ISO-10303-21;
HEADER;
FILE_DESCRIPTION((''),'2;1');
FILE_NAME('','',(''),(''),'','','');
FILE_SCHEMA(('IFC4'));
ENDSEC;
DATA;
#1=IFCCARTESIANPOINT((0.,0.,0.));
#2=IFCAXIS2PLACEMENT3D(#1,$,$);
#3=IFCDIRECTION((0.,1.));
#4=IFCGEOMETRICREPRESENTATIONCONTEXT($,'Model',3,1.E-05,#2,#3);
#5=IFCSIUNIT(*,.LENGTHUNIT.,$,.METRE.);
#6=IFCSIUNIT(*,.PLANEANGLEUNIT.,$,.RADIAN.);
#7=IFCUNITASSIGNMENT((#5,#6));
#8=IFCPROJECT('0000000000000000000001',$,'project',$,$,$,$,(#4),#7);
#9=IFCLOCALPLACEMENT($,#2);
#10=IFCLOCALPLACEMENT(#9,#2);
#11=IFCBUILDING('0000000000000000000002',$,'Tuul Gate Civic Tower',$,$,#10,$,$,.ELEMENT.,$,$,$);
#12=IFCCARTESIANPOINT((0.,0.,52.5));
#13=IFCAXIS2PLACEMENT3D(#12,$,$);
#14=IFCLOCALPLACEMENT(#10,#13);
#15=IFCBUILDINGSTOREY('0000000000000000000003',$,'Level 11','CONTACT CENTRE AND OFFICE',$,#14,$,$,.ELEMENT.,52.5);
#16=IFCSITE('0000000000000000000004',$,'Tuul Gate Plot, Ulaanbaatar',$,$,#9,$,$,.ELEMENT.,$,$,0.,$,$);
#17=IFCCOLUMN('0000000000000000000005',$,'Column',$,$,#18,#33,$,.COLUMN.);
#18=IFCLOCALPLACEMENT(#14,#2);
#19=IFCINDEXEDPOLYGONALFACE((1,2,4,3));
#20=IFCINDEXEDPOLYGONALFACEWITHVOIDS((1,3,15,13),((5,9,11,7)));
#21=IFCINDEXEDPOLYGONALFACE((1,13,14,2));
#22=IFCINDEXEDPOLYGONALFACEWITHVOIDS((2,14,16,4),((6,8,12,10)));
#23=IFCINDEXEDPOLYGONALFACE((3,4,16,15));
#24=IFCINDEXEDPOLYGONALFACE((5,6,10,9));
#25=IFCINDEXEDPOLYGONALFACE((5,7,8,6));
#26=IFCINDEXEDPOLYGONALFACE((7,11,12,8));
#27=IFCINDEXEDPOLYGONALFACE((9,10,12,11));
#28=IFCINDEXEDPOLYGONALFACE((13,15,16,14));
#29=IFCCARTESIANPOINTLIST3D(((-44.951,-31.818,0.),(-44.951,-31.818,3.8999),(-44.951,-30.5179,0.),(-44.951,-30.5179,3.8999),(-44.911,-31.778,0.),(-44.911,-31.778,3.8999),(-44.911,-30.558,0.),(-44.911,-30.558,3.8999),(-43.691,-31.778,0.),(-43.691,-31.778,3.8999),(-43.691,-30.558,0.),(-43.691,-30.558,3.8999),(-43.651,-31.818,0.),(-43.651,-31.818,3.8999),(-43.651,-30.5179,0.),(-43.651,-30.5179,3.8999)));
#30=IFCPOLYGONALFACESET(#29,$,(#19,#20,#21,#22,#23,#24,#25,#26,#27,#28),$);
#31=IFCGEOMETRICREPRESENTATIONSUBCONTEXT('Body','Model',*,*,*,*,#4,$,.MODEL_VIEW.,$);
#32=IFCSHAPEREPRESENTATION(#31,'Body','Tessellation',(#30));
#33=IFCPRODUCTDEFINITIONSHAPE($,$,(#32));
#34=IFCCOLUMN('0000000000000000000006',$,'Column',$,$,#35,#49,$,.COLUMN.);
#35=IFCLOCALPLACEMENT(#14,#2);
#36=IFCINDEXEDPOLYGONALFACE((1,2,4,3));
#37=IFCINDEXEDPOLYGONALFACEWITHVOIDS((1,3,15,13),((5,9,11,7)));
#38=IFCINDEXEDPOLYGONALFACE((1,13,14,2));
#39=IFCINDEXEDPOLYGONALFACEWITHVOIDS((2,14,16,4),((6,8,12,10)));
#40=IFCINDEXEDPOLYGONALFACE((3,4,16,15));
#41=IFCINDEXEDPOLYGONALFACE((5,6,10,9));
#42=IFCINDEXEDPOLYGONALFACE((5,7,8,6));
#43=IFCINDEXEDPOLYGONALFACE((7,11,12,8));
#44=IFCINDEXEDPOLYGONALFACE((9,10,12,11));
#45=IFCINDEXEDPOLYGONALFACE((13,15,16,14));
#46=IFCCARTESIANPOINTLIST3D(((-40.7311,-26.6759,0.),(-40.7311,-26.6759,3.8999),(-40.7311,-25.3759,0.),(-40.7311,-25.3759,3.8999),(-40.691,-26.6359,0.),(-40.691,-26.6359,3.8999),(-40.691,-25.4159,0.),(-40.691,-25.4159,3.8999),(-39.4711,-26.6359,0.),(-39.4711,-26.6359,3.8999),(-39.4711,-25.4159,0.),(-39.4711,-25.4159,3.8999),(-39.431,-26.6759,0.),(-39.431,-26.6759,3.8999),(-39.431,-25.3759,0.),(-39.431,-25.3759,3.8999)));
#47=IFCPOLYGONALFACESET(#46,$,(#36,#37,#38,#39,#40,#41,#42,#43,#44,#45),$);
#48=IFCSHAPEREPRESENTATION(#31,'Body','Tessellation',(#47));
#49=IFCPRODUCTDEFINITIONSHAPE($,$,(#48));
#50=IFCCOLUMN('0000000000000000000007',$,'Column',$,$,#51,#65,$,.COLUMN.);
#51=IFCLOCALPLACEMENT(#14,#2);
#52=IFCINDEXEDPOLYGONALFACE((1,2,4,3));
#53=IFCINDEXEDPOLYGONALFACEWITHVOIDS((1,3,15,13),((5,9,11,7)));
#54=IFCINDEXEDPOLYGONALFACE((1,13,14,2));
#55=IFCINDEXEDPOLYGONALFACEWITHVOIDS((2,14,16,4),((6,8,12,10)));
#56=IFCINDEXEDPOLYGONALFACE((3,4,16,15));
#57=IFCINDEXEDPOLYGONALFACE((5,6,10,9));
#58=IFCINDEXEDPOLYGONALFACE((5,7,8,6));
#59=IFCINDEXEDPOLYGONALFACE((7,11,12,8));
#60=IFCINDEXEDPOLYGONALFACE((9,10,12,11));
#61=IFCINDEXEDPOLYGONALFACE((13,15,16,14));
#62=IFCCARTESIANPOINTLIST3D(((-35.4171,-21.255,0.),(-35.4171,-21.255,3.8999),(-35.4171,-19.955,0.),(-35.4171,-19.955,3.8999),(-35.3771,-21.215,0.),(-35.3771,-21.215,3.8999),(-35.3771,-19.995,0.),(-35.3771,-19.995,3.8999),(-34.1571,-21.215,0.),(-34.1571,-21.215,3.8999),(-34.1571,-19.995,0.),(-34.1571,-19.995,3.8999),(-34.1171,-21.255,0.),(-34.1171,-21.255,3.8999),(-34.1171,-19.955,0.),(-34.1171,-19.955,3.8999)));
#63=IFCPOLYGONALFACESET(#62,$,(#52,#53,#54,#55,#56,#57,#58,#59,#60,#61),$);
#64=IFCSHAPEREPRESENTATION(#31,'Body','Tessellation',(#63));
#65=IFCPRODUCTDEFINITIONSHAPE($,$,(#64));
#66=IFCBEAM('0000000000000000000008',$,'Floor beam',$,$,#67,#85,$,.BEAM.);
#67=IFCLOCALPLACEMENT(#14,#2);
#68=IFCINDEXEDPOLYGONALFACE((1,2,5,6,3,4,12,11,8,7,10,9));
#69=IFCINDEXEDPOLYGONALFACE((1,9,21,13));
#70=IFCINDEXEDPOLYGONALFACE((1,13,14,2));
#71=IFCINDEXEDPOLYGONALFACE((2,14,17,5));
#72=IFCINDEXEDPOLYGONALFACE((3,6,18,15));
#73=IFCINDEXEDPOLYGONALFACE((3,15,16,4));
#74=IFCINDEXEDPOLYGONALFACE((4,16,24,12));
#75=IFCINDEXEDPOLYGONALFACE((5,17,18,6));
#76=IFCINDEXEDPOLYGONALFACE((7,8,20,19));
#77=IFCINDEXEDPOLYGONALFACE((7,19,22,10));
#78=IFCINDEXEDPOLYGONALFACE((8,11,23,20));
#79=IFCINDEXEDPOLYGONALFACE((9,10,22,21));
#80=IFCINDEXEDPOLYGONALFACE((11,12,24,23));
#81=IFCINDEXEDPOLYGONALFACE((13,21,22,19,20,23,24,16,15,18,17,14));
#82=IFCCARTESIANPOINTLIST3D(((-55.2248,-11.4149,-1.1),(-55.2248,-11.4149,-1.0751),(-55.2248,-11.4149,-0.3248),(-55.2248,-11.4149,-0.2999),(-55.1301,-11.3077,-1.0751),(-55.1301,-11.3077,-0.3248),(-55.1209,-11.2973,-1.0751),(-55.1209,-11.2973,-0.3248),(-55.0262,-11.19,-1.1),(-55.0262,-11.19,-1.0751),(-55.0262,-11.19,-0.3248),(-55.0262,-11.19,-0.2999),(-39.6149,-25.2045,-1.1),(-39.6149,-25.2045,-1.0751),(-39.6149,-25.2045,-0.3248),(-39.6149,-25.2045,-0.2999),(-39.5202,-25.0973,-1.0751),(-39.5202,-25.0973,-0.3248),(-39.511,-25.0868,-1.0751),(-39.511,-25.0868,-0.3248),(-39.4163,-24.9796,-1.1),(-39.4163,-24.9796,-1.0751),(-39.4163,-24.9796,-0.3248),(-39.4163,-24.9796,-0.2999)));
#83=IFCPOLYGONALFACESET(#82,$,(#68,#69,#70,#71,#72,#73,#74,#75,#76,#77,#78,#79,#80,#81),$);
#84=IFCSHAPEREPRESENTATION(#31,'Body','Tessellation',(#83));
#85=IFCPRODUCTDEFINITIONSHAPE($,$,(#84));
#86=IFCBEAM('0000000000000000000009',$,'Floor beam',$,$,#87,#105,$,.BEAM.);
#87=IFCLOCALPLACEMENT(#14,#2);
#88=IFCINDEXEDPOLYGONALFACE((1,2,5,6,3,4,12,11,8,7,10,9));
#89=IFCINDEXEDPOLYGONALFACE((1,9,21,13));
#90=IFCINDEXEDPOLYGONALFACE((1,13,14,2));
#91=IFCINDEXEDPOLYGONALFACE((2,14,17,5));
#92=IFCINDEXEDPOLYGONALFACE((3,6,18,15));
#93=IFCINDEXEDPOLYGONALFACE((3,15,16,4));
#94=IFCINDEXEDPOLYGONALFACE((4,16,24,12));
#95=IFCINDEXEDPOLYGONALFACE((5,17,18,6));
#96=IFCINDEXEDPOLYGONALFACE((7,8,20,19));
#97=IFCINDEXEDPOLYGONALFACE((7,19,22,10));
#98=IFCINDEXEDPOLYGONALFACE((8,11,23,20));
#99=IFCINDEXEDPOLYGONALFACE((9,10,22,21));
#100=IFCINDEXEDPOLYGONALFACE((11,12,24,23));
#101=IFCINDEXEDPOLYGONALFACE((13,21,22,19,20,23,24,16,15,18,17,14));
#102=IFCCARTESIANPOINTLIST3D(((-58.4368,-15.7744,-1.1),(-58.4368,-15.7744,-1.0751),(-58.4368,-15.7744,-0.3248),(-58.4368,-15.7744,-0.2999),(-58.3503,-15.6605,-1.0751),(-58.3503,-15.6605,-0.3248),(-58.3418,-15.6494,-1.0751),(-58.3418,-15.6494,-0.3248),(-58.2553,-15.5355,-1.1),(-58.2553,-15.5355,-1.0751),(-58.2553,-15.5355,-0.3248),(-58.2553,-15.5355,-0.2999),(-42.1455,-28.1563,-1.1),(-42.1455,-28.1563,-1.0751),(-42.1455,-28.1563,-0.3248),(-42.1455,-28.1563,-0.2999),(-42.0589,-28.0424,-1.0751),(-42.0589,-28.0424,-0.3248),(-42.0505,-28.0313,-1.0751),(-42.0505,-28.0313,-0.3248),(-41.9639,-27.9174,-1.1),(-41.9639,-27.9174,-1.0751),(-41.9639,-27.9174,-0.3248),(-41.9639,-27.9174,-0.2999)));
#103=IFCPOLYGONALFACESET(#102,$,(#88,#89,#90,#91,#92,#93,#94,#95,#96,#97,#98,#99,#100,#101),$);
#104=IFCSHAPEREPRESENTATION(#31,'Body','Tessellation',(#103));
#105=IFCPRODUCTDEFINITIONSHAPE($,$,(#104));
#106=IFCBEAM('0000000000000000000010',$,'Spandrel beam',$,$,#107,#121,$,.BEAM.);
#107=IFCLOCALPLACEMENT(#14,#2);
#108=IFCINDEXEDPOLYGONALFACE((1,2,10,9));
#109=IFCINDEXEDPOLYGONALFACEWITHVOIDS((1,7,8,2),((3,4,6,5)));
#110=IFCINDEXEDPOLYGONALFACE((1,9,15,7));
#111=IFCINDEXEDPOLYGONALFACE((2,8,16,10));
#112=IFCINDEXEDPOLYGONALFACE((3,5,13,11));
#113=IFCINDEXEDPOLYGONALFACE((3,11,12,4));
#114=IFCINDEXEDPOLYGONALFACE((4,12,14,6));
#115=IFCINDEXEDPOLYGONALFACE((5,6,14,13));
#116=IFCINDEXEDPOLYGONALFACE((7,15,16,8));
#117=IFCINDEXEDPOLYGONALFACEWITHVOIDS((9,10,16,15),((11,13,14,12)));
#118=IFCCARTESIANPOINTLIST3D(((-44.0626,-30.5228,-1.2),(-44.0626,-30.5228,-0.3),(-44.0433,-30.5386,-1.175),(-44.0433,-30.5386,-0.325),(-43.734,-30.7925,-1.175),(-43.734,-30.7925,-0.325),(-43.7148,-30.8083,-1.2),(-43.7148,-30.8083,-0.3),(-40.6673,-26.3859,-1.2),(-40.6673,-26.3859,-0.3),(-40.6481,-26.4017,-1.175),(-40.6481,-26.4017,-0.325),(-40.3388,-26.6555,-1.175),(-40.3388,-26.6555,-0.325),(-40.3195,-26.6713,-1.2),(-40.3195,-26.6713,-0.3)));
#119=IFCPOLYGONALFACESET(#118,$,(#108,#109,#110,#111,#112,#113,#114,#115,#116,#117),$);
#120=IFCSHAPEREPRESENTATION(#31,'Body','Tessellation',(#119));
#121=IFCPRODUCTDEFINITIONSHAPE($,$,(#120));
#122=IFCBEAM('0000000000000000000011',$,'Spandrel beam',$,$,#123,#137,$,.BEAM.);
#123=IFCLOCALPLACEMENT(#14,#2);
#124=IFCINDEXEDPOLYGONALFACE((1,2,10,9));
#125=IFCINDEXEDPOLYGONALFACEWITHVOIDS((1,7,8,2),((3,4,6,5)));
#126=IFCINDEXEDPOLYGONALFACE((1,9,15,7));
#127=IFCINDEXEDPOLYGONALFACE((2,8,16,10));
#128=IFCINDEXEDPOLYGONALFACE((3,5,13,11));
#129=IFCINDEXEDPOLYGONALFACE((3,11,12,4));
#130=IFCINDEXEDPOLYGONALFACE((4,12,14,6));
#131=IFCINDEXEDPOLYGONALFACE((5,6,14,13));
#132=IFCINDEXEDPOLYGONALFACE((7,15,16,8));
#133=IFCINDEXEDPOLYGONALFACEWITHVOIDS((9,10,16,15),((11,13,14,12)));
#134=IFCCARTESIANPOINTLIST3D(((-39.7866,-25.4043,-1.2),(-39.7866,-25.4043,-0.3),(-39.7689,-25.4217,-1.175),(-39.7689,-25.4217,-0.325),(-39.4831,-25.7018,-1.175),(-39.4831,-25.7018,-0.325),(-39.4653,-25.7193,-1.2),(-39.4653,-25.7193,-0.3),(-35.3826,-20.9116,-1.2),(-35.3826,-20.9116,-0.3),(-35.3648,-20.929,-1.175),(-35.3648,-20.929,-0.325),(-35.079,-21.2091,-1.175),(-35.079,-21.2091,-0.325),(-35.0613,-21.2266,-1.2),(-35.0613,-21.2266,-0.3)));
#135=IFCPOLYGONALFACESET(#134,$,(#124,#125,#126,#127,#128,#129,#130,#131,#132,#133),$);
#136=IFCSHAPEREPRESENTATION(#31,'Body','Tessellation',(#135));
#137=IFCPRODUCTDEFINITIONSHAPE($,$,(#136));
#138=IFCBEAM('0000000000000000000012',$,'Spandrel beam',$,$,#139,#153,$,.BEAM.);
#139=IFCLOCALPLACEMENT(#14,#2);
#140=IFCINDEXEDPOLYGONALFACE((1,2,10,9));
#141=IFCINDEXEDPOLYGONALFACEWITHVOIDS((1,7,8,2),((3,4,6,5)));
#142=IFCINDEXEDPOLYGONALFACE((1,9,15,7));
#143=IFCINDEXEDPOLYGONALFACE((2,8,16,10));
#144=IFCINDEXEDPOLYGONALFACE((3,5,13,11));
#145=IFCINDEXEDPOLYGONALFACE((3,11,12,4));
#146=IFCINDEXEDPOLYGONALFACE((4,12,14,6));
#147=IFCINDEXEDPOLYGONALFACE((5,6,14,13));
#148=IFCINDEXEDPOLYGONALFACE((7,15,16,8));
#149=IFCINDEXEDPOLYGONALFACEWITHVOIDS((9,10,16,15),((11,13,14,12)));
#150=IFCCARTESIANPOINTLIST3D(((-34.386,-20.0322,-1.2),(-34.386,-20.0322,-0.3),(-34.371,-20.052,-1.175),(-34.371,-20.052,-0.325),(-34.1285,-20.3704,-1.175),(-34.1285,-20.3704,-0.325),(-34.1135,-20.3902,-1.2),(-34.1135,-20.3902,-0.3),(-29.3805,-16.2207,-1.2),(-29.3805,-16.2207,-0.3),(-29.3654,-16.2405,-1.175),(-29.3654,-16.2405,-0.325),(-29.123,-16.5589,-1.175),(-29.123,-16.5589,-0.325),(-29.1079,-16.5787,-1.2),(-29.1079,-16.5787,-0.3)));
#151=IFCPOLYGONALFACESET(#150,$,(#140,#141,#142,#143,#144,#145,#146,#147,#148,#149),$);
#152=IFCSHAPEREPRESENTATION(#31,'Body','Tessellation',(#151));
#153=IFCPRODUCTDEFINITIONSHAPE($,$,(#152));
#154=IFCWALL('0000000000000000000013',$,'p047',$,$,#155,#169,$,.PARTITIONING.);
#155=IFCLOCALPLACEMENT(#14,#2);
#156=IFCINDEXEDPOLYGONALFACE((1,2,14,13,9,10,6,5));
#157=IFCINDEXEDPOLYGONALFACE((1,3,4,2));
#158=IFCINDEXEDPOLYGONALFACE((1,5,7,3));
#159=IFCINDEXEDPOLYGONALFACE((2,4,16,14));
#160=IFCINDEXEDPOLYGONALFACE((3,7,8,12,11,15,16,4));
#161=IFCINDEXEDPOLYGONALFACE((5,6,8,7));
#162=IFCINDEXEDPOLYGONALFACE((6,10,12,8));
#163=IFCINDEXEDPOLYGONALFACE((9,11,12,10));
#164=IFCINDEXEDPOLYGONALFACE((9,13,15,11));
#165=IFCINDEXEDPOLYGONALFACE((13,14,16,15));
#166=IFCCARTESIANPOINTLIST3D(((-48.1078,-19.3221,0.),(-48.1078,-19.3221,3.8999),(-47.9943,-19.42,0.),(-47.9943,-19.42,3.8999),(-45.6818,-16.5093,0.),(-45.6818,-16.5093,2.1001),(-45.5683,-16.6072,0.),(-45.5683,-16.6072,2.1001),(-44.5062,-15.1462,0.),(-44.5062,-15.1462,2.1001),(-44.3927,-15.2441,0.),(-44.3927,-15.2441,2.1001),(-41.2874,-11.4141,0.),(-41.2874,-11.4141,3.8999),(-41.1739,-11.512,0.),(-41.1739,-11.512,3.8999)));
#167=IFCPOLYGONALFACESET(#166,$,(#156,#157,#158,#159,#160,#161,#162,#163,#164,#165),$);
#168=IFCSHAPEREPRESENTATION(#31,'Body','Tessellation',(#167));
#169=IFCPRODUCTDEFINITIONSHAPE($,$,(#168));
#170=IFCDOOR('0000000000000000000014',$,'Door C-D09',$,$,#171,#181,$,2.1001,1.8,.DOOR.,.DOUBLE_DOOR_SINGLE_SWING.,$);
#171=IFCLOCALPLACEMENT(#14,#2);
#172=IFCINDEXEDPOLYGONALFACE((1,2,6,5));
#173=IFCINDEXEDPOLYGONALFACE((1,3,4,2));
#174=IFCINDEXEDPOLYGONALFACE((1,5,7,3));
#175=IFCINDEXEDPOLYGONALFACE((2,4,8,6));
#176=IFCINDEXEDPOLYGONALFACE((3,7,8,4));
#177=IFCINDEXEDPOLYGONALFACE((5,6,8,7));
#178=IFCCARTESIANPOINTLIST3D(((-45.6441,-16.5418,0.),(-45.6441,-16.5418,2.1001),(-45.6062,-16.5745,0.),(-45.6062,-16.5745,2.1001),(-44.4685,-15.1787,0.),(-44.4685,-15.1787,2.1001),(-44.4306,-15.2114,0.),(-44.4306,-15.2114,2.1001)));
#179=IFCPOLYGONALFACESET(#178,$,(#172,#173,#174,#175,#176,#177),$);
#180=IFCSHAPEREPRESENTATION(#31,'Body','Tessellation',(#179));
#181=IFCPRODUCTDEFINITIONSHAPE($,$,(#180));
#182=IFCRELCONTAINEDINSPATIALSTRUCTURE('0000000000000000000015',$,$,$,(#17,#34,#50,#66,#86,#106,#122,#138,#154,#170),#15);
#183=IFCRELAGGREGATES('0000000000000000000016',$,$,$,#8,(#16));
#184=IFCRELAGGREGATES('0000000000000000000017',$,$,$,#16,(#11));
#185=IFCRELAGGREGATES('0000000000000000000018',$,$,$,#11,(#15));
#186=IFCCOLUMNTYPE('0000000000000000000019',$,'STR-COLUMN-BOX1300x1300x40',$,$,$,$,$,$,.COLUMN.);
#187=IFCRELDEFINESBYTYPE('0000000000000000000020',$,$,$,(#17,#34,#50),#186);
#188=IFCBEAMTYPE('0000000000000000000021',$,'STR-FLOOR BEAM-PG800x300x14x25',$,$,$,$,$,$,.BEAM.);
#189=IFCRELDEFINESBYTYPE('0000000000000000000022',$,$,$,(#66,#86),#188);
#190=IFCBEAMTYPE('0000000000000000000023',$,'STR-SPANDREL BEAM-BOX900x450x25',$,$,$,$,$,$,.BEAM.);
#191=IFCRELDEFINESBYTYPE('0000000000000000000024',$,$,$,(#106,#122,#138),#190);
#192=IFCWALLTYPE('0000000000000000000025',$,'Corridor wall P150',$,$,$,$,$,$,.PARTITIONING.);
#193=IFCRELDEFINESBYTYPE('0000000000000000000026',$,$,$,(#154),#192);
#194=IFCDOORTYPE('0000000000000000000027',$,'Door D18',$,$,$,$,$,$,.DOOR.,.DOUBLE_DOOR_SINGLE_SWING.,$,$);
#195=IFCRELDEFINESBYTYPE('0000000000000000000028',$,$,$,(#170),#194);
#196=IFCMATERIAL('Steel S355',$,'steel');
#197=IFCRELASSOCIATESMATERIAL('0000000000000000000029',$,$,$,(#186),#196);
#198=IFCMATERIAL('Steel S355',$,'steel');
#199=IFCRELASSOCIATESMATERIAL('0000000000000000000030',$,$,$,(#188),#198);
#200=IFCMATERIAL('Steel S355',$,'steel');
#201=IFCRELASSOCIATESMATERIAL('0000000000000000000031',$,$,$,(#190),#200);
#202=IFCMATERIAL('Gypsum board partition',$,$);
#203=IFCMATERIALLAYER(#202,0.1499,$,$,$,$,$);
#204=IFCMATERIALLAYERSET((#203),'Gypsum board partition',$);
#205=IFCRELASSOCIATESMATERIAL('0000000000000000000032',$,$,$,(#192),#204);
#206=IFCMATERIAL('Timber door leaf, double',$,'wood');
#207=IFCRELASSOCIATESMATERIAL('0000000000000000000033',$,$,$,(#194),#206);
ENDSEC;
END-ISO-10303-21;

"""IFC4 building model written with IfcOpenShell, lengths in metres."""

from ifc_helpers import new_model, si_unit, direction, frame, frame_2d, origin, origin_2d, place, context, subcontext, project, spatial, rectangle, hollow_rectangle, i_section, extrude, material, layer, layer_set, material_profile, profile_set, type_object, element, fill, save


model = new_model("IFC4")

# Units and contexts
model_context = context("Model", 3, precision=1e-05, world=origin(), true_north=direction((0.0, 1.0)))
body_context = subcontext(model_context, "Body", "Model", "MODEL_VIEW")
ifc_project = project(units=[si_unit("LENGTHUNIT", "METRE"), si_unit("PLANEANGLEUNIT", "RADIAN")], contexts=[model_context])

# Site, building, storey
site_placement = place(None, origin())
site = spatial("IfcSite", under=ifc_project, at=site_placement, Name="Tuul Gate Plot, Ulaanbaatar", CompositionType="ELEMENT", RefElevation=0.0)
building_placement = place(site_placement, origin())
building = spatial("IfcBuilding", under=site, at=building_placement, Name="Tuul Gate Civic Tower", CompositionType="ELEMENT")
storey_placement = place(building_placement, frame((0.0, 0.0, 52.5)))
storey = spatial("IfcBuildingStorey", under=building, at=storey_placement, Name="Level 11", Description="CONTACT CENTRE AND OFFICE", CompositionType="ELEMENT", Elevation=52.5)

# Columns
ifc_material_1 = material(Name="Steel S355", Category="steel")
ifc_material_profile_1 = material_profile(ifc_material_1, hollow_rectangle(XDim=1.3, YDim=1.3, WallThickness=0.04, at=origin_2d()), Name="BOX1300x1300x40")
ifc_profile_set_1 = profile_set([ifc_material_profile_1], Name="Steel S355")
column_type = type_object("IfcColumnType", Name="STR-COLUMN-BOX1300x1300x40", PredefinedType="COLUMN", material=ifc_profile_set_1)
for number, where, z_axis, x_axis, name in (
    (1, (-44.301, -31.168, 0.0), (0.0, 0.0, 1.0), (1.0, 0.0, 0.0), "Column"),
    (2, (-40.0811, -26.0259, 0.0), (0.0, 0.0, 1.0), (1.0, 0.0, 0.0), "Column"),
    (3, (-34.7671, -20.605, 0.0), (0.0, 0.0, 1.0), (1.0, 0.0, 0.0), "Column"),
):
    element("IfcColumn", number, at=place(storey_placement, frame(where, z_axis=z_axis, x_axis=x_axis)), inside=storey, type_object=column_type, Name=name, PredefinedType="COLUMN", context=body_context, shape_type="SweptSolid", body=[
        extrude(hollow_rectangle(XDim=1.3, YDim=1.3, WallThickness=0.04, at=origin_2d()), origin(), (0.0, 0.0, 1.0), 3.8999),
    ])

# Beams
ifc_material_2 = material(Name="Steel S355", Category="steel")
ifc_material_profile_2 = material_profile(ifc_material_2, i_section(OverallWidth=0.3, OverallDepth=0.8, WebThickness=0.0139, FlangeThickness=0.0249, at=origin_2d()), Name="PG800x300x14x25")
ifc_profile_set_2 = profile_set([ifc_material_profile_2], Name="Steel S355")
beam_type_1 = type_object("IfcBeamType", Name="STR-FLOOR BEAM-PG800x300x14x25", PredefinedType="BEAM", material=ifc_profile_set_2)
beam_1_placement = place(storey_placement, frame((-39.5156, -25.092, -0.7), z_axis=(-0.749453, 0.662057, 0.0), x_axis=(-0.662057, -0.749453, 0.0)))
element("IfcBeam", 4, at=beam_1_placement, inside=storey, type_object=beam_type_1, Name="Floor beam", PredefinedType="BEAM", context=body_context, shape_type="SweptSolid", body=[
    extrude(i_section(OverallWidth=0.3, OverallDepth=0.8, WebThickness=0.0139, FlangeThickness=0.0249, at=origin_2d()), origin(), (0.0, 0.0, 1.0), 20.8284),
])
beam_2_placement = place(storey_placement, frame((-42.0547, -28.0369, -0.7), z_axis=(-0.796151, 0.605098, 0.0), x_axis=(-0.605098, -0.796151, 0.0)))
element("IfcBeam", 5, at=beam_2_placement, inside=storey, type_object=beam_type_1, Name="Floor beam", PredefinedType="BEAM", context=body_context, shape_type="SweptSolid", body=[
    extrude(i_section(OverallWidth=0.3, OverallDepth=0.8, WebThickness=0.0139, FlangeThickness=0.0249, at=origin_2d()), origin(), (0.0, 0.0, 1.0), 20.4626),
])
ifc_material_3 = material(Name="Steel S355", Category="steel")
ifc_material_profile_3 = material_profile(ifc_material_3, hollow_rectangle(XDim=0.45, YDim=0.8999, WallThickness=0.0249, at=origin_2d()), Name="BOX900x450x25")
ifc_profile_set_3 = profile_set([ifc_material_profile_3], Name="Steel S355")
beam_type_2 = type_object("IfcBeamType", Name="STR-SPANDREL BEAM-BOX900x450x25", PredefinedType="BEAM", material=ifc_profile_set_3)
beam_3_placement = place(storey_placement, frame((-43.8887, -30.6655, -0.75), z_axis=(0.63441, 0.772997, 0.0), x_axis=(-0.772997, 0.63441, 0.0)))
element("IfcBeam", 6, at=beam_3_placement, inside=storey, type_object=beam_type_2, Name="Spandrel beam", PredefinedType="BEAM", context=body_context, shape_type="SweptSolid", body=[
    extrude(hollow_rectangle(XDim=0.45, YDim=0.8999, WallThickness=0.0249, at=origin_2d()), origin(), (0.0, 0.0, 1.0), 5.3518),
])
beam_4_placement = place(storey_placement, frame((-39.626, -25.5618, -0.75), z_axis=(0.700028, 0.714115, 0.0), x_axis=(-0.714115, 0.700028, 0.0)))
element("IfcBeam", 7, at=beam_4_placement, inside=storey, type_object=beam_type_2, Name="Spandrel beam", PredefinedType="BEAM", context=body_context, shape_type="SweptSolid", body=[
    extrude(hollow_rectangle(XDim=0.45, YDim=0.8999, WallThickness=0.0249, at=origin_2d()), origin(), (0.0, 0.0, 1.0), 6.2913),
])
beam_5_placement = place(storey_placement, frame((-34.2498, -20.2112, -0.75), z_axis=(0.795606, 0.605814, 0.0), x_axis=(-0.605814, 0.795606, 0.0)))
element("IfcBeam", 8, at=beam_5_placement, inside=storey, type_object=beam_type_2, Name="Spandrel beam", PredefinedType="BEAM", context=body_context, shape_type="SweptSolid", body=[
    extrude(hollow_rectangle(XDim=0.45, YDim=0.8999, WallThickness=0.0249, at=origin_2d()), origin(), (0.0, 0.0, 1.0), 6.2915),
])

# Wall, opening, door
ifc_material_4 = material(Name="Gypsum board partition")
ifc_layer_1 = layer(ifc_material_4, 0.1499)
ifc_layer_set_1 = layer_set([ifc_layer_1], Name="Gypsum board partition")
wall_type_1 = type_object("IfcWallType", Name="Corridor wall P150", PredefinedType="PARTITIONING", material=ifc_layer_set_1)
wall_1_placement = place(storey_placement, frame((-48.051, -19.3711, 0.0), z_axis=(0.0, 0.0, 1.0), x_axis=(0.65311, 0.757263, 0.0)))
wall_1 = element("IfcWall", 9, at=wall_1_placement, inside=storey, type_object=wall_type_1, Name="p047", PredefinedType="PARTITIONING", context=body_context, shape_type="SweptSolid", body=[
    extrude(rectangle(XDim=10.4429, YDim=0.1499, at=frame_2d((5.2214, 0.0))), origin(), (0.0, 0.0, 1.0), 3.8999),
])
opening_1_placement = place(wall_1_placement, frame((3.7146, 0.0, 0.0)))
opening_1 = element("IfcOpeningElement", 10, at=opening_1_placement, cuts=wall_1, PredefinedType="OPENING", context=body_context, shape_type="SweptSolid", body=[
    extrude(rectangle(XDim=1.8, YDim=2.1001, at=frame_2d((0.8999, 1.05))), frame((0.0, 0.085, 0.0), z_axis=(0.0, -1.0, 0.0), x_axis=(1.0, 0.0, 0.0)), (0.0, 0.0, 1.0), 0.1699),
])
ifc_material_5 = material(Name="Timber door leaf, double", Category="wood")
door_type = type_object("IfcDoorType", Name="Door D18", OperationType="DOUBLE_DOOR_SINGLE_SWING", PredefinedType="DOOR", material=ifc_material_5)
door_1_placement = place(opening_1_placement, frame((1.8, 0.0, 0.0), z_axis=(0.0, 0.0, 1.0), x_axis=(-1.0, 0.0, 0.0)))
door_1 = element("IfcDoor", 11, at=door_1_placement, inside=storey, type_object=door_type, Name="Door C-D09", OperationType="DOUBLE_DOOR_SINGLE_SWING", OverallHeight=2.1001, OverallWidth=1.8, PredefinedType="DOOR", context=body_context, shape_type="SweptSolid", body=[
    extrude(rectangle(XDim=1.8, YDim=2.1001, at=frame_2d((0.9001, 1.05))), frame((0.0, 0.0249, 0.0), z_axis=(0.0, -1.0, 0.0), x_axis=(1.0, 0.0, 0.0)), (0.0, 0.0, 1.0), 0.05),
])
fill(opening_1, door_1)

save(model, "model.ifc")
